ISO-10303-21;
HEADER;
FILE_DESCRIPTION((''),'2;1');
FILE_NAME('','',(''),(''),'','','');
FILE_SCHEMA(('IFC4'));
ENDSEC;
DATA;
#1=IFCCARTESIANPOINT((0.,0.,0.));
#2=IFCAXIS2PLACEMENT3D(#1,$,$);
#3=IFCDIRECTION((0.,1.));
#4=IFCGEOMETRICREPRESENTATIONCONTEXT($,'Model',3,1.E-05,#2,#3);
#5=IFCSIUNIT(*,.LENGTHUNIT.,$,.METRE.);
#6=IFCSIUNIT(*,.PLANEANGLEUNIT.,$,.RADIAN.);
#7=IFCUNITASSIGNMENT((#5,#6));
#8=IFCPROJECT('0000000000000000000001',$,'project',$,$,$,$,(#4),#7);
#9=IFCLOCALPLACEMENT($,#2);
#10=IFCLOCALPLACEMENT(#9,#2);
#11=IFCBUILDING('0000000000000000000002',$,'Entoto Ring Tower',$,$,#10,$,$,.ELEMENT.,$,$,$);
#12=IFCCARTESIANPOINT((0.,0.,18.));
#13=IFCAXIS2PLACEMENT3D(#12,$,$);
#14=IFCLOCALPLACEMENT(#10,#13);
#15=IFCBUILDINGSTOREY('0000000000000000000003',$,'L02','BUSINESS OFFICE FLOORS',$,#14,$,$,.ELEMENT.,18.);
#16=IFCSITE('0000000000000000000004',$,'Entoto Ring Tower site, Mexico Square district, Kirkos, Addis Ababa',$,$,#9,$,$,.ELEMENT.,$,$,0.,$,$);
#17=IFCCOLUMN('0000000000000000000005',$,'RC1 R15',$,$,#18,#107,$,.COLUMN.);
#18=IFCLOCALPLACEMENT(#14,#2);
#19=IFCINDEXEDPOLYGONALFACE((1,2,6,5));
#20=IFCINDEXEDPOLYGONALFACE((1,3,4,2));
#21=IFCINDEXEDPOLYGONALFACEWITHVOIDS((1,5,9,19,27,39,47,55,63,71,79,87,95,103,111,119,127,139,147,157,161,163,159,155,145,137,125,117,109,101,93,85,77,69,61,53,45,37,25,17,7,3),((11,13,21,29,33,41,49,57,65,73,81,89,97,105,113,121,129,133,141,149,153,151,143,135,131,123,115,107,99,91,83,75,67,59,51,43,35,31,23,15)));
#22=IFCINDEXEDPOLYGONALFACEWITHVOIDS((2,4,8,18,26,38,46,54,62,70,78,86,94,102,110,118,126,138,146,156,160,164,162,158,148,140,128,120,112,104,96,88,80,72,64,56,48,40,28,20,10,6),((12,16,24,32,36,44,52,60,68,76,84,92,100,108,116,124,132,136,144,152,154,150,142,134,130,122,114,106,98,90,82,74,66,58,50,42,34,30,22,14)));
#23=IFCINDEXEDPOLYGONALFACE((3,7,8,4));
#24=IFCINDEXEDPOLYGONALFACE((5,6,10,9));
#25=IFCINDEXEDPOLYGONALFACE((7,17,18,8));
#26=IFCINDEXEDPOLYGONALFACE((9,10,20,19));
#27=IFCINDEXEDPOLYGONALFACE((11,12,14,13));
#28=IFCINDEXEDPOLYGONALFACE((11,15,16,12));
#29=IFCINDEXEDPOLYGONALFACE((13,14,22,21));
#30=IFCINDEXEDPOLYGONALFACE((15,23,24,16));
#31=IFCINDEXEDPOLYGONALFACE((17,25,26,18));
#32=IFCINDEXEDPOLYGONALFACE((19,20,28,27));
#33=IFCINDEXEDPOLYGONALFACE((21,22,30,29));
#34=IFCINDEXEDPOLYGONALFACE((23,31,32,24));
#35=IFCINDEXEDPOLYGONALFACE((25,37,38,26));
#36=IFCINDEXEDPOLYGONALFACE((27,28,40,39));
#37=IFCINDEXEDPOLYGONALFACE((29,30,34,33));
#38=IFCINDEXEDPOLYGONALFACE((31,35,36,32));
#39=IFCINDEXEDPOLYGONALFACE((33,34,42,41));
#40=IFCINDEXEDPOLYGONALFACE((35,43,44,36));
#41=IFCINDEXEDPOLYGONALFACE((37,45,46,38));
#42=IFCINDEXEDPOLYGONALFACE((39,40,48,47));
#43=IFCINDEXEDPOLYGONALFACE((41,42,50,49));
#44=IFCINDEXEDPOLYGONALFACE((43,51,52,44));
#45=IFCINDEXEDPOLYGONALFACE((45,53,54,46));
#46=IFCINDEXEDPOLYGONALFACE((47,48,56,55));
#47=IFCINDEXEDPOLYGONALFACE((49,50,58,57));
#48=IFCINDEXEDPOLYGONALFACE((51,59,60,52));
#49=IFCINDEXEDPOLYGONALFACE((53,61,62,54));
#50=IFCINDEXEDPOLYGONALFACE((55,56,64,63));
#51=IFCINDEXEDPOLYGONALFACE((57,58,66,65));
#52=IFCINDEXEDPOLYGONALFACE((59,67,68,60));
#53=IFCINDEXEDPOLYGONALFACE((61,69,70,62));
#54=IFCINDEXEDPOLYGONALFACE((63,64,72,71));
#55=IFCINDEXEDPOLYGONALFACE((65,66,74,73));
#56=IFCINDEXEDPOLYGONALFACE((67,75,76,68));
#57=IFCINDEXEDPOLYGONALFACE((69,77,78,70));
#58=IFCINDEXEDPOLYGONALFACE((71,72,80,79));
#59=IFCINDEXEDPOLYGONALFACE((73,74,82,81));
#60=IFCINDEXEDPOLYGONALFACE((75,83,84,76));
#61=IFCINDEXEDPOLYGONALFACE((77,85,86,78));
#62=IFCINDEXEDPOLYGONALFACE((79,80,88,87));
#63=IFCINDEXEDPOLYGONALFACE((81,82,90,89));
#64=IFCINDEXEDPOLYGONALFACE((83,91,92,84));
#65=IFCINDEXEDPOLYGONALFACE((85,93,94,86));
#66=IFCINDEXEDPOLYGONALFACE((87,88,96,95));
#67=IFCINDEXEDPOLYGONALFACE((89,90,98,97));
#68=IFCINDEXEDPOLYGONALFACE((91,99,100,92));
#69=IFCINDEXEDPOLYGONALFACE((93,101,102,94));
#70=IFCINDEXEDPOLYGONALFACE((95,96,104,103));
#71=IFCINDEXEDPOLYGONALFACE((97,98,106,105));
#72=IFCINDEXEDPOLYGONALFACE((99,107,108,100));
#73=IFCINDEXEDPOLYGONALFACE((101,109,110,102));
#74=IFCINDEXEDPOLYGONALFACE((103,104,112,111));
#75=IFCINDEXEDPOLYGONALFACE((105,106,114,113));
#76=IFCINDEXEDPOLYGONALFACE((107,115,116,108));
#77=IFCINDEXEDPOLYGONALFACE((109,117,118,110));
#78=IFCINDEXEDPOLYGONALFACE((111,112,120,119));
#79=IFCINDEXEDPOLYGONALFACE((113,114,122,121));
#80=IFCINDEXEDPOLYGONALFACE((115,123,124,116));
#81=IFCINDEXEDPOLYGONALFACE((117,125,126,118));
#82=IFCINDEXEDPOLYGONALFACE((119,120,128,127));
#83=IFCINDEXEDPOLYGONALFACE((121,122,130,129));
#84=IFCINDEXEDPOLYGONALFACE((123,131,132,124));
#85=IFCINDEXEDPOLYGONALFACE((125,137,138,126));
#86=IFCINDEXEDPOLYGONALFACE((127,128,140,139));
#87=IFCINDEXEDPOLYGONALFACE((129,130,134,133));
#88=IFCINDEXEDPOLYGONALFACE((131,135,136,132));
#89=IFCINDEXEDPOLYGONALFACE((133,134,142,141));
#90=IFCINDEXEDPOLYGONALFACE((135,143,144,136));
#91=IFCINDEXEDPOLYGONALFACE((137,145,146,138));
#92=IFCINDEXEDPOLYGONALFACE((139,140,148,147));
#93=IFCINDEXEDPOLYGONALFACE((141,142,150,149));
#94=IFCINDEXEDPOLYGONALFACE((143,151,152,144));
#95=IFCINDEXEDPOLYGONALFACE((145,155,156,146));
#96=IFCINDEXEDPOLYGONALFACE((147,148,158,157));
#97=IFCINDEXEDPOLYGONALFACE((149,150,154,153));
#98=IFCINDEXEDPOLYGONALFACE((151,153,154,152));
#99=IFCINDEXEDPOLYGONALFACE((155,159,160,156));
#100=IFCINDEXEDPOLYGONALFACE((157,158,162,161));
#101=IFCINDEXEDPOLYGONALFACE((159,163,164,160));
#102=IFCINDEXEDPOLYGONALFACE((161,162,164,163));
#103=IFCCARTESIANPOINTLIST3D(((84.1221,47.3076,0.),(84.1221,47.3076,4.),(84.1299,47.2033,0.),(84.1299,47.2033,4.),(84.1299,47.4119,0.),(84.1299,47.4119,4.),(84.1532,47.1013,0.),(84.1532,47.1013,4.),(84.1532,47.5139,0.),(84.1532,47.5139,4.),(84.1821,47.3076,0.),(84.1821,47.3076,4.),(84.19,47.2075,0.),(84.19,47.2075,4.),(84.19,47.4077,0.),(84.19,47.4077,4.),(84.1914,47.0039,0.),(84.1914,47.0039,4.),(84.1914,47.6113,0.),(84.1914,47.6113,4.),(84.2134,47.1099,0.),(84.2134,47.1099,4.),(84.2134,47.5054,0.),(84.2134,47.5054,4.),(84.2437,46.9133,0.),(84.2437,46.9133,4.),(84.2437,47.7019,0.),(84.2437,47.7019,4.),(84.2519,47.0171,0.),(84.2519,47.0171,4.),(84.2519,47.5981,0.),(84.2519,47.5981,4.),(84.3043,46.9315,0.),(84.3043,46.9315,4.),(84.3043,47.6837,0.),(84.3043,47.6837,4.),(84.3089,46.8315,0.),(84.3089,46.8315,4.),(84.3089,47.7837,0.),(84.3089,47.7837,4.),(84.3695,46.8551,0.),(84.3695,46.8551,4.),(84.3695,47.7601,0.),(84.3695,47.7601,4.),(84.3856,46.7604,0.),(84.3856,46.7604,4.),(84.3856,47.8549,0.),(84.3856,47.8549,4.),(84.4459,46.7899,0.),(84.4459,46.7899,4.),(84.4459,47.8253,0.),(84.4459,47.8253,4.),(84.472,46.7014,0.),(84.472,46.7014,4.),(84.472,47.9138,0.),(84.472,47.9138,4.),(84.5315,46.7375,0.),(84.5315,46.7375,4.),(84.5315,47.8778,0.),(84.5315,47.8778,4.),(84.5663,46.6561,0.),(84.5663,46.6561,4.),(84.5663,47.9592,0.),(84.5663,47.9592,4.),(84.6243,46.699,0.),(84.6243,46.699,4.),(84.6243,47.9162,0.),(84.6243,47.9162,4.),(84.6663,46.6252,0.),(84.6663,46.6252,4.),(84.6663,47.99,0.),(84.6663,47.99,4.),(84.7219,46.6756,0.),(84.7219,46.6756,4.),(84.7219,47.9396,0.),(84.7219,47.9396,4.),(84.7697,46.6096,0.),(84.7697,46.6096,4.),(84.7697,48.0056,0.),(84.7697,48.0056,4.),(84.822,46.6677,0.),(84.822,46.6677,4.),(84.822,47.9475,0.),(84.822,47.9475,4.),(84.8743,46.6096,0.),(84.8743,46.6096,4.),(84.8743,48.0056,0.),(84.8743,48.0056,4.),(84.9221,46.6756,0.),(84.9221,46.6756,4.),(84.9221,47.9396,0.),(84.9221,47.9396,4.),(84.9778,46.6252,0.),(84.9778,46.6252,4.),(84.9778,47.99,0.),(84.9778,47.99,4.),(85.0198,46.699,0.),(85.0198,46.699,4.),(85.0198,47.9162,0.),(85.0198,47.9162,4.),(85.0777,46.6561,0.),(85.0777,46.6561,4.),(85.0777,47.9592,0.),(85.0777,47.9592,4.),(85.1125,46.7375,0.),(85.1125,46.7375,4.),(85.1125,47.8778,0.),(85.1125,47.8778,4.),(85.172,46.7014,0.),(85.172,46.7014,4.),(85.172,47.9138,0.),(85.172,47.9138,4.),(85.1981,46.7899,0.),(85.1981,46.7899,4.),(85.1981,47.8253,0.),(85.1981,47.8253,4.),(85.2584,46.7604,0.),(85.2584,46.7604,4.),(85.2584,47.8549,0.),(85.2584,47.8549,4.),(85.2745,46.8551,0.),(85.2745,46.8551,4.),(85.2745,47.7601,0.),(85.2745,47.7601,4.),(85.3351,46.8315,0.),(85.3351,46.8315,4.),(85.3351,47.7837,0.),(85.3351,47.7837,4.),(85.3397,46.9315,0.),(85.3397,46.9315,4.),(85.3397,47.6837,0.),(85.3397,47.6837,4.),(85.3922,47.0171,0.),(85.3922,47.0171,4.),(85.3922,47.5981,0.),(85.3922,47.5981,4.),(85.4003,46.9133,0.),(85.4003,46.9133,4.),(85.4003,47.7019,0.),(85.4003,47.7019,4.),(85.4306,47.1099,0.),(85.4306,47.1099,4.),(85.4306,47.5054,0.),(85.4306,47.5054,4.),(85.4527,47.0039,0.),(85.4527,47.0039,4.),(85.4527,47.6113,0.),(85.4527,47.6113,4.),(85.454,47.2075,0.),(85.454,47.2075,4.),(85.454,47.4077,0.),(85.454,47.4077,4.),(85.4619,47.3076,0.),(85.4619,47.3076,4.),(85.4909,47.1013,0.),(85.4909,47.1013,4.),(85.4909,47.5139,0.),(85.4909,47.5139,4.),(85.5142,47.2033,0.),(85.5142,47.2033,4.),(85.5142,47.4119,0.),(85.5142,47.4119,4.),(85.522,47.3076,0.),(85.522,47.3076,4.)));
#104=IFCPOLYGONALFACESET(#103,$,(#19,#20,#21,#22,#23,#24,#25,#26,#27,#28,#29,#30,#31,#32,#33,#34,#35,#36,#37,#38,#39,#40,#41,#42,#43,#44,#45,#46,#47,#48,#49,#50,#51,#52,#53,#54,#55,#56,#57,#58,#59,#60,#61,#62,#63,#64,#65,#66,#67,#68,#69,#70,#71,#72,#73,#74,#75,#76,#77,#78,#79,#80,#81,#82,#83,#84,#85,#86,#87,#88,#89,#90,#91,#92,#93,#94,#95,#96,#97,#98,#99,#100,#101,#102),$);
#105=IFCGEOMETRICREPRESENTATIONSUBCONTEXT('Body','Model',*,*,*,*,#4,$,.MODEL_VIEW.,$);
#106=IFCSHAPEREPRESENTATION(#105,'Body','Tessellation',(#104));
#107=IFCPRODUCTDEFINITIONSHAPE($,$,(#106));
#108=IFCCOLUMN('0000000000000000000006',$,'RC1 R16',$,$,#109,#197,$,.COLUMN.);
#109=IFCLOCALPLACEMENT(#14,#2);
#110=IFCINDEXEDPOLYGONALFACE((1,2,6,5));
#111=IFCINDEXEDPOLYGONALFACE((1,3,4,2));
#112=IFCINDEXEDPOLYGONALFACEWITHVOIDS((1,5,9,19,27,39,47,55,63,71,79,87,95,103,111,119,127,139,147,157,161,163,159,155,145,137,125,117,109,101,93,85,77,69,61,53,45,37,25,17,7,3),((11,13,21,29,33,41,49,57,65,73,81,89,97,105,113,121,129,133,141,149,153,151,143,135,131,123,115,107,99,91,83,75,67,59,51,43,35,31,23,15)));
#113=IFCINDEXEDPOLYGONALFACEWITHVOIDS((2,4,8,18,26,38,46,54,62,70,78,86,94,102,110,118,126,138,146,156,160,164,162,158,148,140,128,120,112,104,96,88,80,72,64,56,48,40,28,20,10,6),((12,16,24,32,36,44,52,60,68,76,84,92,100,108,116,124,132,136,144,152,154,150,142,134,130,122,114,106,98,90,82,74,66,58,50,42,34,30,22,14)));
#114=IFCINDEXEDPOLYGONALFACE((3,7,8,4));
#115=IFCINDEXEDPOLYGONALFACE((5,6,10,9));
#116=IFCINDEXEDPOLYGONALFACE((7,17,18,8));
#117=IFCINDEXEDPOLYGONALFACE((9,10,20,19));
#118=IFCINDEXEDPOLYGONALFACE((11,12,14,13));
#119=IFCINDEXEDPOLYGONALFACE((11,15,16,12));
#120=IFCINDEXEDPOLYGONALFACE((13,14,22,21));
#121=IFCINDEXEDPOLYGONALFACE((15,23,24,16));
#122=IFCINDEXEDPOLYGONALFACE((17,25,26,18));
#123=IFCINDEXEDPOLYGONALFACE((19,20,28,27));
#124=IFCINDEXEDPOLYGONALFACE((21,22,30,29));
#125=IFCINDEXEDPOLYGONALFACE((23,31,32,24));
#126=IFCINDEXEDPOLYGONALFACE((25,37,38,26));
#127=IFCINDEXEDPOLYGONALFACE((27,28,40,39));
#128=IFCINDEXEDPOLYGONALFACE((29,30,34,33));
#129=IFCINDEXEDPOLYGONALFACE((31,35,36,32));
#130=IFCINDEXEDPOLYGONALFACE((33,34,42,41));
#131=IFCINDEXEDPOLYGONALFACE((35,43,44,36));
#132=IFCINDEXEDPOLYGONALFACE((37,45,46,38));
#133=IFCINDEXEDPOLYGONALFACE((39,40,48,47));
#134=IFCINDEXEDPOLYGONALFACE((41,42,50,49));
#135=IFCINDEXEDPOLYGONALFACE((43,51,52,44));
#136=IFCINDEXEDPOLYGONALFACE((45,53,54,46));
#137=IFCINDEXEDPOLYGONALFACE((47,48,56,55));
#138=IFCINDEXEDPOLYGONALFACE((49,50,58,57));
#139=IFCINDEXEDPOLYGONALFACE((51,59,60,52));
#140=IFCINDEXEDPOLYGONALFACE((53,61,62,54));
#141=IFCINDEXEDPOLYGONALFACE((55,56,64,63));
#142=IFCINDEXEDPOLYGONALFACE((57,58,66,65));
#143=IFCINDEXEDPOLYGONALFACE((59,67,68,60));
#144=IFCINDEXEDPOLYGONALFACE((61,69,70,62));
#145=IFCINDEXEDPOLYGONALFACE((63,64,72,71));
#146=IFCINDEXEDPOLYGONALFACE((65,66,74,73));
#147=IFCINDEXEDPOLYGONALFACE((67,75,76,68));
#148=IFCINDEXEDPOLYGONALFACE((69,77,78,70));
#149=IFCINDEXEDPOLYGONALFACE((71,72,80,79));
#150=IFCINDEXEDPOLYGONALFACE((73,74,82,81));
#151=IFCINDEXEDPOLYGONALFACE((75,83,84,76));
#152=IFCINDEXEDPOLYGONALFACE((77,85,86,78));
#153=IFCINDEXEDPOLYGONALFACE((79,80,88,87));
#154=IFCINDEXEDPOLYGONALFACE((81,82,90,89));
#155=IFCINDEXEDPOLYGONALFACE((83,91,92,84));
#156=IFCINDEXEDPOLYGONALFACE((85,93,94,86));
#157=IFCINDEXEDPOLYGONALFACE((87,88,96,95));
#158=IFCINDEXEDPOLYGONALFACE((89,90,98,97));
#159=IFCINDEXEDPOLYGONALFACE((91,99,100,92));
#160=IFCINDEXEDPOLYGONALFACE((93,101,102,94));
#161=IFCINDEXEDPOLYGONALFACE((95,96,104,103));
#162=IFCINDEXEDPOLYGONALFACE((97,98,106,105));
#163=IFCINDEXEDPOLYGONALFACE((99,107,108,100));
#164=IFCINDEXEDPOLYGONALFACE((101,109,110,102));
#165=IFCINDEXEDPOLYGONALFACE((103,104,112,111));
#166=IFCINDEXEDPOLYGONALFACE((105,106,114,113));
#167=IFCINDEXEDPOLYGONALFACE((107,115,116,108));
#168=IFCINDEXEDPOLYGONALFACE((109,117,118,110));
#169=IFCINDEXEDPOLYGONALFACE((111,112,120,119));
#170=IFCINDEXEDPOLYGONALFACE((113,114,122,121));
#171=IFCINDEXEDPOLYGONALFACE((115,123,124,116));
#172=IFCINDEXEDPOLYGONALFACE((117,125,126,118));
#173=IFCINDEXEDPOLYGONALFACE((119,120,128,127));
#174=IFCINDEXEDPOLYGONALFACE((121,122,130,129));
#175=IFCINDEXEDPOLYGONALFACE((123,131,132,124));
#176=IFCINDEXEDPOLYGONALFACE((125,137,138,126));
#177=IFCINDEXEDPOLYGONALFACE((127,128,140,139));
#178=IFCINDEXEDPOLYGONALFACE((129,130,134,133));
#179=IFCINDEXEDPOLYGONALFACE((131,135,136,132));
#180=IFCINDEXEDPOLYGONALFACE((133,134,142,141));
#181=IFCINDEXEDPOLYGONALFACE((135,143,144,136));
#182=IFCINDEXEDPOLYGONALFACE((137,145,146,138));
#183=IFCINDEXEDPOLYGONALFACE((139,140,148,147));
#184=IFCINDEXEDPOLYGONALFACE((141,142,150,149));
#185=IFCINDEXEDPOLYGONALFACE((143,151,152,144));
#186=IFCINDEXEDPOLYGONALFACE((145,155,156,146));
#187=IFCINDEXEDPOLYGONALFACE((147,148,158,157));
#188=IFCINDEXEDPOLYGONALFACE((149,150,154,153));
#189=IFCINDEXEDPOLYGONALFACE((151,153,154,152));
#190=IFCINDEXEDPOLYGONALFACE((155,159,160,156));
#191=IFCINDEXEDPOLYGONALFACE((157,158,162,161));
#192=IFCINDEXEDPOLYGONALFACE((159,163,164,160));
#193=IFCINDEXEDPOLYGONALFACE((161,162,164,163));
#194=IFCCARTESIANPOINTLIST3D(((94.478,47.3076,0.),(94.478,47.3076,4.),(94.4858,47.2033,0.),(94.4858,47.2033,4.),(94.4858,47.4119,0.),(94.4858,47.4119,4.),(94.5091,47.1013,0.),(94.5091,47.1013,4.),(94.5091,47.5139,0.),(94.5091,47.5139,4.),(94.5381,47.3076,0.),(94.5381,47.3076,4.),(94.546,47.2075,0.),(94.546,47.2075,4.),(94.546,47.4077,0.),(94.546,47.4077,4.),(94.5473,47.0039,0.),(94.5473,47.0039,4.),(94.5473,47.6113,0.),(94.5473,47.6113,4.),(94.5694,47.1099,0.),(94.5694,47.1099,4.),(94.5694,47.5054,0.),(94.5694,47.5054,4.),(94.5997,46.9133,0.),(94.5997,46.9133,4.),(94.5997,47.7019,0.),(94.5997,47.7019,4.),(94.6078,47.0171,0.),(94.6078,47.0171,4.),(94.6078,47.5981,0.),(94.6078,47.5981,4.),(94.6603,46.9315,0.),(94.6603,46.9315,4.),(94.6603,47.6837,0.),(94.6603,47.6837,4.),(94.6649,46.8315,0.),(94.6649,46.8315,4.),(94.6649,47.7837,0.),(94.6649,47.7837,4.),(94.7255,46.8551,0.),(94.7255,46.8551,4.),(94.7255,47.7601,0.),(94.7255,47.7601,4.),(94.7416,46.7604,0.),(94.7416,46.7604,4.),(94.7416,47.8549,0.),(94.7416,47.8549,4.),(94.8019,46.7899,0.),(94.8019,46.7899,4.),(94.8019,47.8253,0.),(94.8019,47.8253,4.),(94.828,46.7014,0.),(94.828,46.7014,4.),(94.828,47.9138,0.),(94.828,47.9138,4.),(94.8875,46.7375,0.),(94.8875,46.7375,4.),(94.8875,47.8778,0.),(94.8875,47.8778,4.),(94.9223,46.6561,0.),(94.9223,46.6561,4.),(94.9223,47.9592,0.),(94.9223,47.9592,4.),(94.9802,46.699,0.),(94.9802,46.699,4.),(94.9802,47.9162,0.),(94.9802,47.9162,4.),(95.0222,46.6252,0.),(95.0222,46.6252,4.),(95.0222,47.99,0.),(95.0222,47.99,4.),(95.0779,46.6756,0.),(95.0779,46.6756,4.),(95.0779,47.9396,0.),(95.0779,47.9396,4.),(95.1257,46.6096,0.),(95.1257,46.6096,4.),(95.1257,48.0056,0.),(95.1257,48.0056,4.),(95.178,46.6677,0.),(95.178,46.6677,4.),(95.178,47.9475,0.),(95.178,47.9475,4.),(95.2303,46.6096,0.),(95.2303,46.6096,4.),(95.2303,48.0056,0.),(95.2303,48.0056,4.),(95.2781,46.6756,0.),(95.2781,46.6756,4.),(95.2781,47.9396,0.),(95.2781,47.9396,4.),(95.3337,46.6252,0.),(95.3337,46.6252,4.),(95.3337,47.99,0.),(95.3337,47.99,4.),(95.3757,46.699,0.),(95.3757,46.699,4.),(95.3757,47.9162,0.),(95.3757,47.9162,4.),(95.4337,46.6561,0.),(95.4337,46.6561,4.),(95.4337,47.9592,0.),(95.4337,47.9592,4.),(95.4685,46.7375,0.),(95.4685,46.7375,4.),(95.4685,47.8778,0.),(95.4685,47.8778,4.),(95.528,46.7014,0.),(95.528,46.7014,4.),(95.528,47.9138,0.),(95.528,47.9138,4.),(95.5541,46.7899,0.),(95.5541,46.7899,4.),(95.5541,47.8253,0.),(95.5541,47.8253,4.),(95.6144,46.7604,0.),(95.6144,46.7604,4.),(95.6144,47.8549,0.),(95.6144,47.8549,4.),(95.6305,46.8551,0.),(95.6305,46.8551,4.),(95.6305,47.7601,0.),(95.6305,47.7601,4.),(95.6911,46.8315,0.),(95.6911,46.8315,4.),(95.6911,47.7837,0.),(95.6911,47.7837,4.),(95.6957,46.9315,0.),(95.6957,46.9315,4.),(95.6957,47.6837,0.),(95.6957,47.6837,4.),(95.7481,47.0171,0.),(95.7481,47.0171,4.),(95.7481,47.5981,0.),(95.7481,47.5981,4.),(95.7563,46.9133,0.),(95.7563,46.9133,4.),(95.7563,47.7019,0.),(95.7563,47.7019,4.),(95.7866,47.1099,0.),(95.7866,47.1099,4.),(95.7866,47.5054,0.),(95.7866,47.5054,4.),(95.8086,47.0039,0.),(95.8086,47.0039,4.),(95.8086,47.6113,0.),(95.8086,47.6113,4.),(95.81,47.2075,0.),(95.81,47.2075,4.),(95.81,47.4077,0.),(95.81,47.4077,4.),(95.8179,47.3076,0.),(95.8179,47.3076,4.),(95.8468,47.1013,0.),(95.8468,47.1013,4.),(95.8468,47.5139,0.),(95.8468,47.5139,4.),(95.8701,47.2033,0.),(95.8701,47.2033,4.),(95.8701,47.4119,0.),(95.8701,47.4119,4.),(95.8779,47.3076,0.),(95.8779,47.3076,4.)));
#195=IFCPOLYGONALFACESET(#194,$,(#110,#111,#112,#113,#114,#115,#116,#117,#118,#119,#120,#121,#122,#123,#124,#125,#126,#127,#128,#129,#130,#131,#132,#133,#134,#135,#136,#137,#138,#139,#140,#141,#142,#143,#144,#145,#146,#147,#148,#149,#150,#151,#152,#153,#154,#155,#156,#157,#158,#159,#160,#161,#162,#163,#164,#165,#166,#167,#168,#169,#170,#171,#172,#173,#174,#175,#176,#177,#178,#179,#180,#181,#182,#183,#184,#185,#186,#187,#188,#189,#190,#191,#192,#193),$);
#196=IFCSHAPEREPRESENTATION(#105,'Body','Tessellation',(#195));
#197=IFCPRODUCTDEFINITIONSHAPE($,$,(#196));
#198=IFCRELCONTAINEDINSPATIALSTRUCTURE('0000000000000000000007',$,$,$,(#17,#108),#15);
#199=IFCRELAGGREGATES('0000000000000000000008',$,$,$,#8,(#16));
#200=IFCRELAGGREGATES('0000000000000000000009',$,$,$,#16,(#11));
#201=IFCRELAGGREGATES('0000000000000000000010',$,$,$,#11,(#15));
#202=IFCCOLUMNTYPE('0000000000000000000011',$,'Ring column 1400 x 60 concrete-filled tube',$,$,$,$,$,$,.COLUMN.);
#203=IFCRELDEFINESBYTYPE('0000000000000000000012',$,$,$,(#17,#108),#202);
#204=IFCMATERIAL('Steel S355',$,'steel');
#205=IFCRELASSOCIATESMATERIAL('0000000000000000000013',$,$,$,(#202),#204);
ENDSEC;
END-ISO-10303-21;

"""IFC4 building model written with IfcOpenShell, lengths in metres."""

from ifc_helpers import new_model, si_unit, direction, frame, origin, origin_2d, place, context, subcontext, project, spatial, circle, hollow_circle, extrude, material, material_profile, profile_set, type_object, element, save


model = new_model("IFC4")

# Units and contexts
model_context = context("Model", 3, precision=1e-05, world=origin(), true_north=direction((0.0, 1.0)))
body_context = subcontext(model_context, "Body", "Model", "MODEL_VIEW")
ifc_project = project(units=[si_unit("LENGTHUNIT", "METRE"), si_unit("PLANEANGLEUNIT", "RADIAN")], contexts=[model_context])

# Site, building, storey
site_placement = place(None, origin())
site = spatial("IfcSite", under=ifc_project, at=site_placement, Name="Entoto Ring Tower site, Mexico Square district, Kirkos, Addis Ababa", CompositionType="ELEMENT", RefElevation=0.0)
building_placement = place(site_placement, origin())
building = spatial("IfcBuilding", under=site, at=building_placement, Name="Entoto Ring Tower", CompositionType="ELEMENT")
storey_placement = place(building_placement, frame((0.0, 0.0, 18.0)))
storey = spatial("IfcBuildingStorey", under=building, at=storey_placement, Name="L02", Description="BUSINESS OFFICE FLOORS", CompositionType="ELEMENT", Elevation=18.0)

# Columns
ifc_material_1 = material(Name="Steel S355", Category="steel")
ifc_material_profile_1 = material_profile(ifc_material_1, hollow_circle(Radius=0.7, WallThickness=0.0601, at=origin_2d()), Name="CHS 1400 x 60")
ifc_material_2 = material(Name="Concrete C60/75", Category="concrete")
ifc_material_profile_2 = material_profile(ifc_material_2, circle(Radius=0.6399, at=origin_2d()), Name="Concrete C60/75 infill")
ifc_profile_set_1 = profile_set([ifc_material_profile_1, ifc_material_profile_2], Name="Steel S355")
column_type = type_object("IfcColumnType", Name="Ring column 1400 x 60 concrete-filled tube", PredefinedType="COLUMN", material=ifc_profile_set_1)
for number, where, z_axis, x_axis, name in (
    (1, (84.822, 47.3076, 0.0), (0.0, 0.0, 1.0), (1.0, 0.0, 0.0), "RC1 R15"),
    (2, (95.178, 47.3076, 0.0), (0.0, 0.0, 1.0), (1.0, 0.0, 0.0), "RC1 R16"),
):
    element("IfcColumn", number, at=place(storey_placement, frame(where, z_axis=z_axis, x_axis=x_axis)), inside=storey, type_object=column_type, Name=name, PredefinedType="COLUMN", context=body_context, shape_type="SweptSolid", body=[
        extrude(hollow_circle(Radius=0.7, WallThickness=0.0601, at=origin_2d()), origin(), (0.0, 0.0, 1.0), 4.0),
    ])

save(model, "model.ifc")
